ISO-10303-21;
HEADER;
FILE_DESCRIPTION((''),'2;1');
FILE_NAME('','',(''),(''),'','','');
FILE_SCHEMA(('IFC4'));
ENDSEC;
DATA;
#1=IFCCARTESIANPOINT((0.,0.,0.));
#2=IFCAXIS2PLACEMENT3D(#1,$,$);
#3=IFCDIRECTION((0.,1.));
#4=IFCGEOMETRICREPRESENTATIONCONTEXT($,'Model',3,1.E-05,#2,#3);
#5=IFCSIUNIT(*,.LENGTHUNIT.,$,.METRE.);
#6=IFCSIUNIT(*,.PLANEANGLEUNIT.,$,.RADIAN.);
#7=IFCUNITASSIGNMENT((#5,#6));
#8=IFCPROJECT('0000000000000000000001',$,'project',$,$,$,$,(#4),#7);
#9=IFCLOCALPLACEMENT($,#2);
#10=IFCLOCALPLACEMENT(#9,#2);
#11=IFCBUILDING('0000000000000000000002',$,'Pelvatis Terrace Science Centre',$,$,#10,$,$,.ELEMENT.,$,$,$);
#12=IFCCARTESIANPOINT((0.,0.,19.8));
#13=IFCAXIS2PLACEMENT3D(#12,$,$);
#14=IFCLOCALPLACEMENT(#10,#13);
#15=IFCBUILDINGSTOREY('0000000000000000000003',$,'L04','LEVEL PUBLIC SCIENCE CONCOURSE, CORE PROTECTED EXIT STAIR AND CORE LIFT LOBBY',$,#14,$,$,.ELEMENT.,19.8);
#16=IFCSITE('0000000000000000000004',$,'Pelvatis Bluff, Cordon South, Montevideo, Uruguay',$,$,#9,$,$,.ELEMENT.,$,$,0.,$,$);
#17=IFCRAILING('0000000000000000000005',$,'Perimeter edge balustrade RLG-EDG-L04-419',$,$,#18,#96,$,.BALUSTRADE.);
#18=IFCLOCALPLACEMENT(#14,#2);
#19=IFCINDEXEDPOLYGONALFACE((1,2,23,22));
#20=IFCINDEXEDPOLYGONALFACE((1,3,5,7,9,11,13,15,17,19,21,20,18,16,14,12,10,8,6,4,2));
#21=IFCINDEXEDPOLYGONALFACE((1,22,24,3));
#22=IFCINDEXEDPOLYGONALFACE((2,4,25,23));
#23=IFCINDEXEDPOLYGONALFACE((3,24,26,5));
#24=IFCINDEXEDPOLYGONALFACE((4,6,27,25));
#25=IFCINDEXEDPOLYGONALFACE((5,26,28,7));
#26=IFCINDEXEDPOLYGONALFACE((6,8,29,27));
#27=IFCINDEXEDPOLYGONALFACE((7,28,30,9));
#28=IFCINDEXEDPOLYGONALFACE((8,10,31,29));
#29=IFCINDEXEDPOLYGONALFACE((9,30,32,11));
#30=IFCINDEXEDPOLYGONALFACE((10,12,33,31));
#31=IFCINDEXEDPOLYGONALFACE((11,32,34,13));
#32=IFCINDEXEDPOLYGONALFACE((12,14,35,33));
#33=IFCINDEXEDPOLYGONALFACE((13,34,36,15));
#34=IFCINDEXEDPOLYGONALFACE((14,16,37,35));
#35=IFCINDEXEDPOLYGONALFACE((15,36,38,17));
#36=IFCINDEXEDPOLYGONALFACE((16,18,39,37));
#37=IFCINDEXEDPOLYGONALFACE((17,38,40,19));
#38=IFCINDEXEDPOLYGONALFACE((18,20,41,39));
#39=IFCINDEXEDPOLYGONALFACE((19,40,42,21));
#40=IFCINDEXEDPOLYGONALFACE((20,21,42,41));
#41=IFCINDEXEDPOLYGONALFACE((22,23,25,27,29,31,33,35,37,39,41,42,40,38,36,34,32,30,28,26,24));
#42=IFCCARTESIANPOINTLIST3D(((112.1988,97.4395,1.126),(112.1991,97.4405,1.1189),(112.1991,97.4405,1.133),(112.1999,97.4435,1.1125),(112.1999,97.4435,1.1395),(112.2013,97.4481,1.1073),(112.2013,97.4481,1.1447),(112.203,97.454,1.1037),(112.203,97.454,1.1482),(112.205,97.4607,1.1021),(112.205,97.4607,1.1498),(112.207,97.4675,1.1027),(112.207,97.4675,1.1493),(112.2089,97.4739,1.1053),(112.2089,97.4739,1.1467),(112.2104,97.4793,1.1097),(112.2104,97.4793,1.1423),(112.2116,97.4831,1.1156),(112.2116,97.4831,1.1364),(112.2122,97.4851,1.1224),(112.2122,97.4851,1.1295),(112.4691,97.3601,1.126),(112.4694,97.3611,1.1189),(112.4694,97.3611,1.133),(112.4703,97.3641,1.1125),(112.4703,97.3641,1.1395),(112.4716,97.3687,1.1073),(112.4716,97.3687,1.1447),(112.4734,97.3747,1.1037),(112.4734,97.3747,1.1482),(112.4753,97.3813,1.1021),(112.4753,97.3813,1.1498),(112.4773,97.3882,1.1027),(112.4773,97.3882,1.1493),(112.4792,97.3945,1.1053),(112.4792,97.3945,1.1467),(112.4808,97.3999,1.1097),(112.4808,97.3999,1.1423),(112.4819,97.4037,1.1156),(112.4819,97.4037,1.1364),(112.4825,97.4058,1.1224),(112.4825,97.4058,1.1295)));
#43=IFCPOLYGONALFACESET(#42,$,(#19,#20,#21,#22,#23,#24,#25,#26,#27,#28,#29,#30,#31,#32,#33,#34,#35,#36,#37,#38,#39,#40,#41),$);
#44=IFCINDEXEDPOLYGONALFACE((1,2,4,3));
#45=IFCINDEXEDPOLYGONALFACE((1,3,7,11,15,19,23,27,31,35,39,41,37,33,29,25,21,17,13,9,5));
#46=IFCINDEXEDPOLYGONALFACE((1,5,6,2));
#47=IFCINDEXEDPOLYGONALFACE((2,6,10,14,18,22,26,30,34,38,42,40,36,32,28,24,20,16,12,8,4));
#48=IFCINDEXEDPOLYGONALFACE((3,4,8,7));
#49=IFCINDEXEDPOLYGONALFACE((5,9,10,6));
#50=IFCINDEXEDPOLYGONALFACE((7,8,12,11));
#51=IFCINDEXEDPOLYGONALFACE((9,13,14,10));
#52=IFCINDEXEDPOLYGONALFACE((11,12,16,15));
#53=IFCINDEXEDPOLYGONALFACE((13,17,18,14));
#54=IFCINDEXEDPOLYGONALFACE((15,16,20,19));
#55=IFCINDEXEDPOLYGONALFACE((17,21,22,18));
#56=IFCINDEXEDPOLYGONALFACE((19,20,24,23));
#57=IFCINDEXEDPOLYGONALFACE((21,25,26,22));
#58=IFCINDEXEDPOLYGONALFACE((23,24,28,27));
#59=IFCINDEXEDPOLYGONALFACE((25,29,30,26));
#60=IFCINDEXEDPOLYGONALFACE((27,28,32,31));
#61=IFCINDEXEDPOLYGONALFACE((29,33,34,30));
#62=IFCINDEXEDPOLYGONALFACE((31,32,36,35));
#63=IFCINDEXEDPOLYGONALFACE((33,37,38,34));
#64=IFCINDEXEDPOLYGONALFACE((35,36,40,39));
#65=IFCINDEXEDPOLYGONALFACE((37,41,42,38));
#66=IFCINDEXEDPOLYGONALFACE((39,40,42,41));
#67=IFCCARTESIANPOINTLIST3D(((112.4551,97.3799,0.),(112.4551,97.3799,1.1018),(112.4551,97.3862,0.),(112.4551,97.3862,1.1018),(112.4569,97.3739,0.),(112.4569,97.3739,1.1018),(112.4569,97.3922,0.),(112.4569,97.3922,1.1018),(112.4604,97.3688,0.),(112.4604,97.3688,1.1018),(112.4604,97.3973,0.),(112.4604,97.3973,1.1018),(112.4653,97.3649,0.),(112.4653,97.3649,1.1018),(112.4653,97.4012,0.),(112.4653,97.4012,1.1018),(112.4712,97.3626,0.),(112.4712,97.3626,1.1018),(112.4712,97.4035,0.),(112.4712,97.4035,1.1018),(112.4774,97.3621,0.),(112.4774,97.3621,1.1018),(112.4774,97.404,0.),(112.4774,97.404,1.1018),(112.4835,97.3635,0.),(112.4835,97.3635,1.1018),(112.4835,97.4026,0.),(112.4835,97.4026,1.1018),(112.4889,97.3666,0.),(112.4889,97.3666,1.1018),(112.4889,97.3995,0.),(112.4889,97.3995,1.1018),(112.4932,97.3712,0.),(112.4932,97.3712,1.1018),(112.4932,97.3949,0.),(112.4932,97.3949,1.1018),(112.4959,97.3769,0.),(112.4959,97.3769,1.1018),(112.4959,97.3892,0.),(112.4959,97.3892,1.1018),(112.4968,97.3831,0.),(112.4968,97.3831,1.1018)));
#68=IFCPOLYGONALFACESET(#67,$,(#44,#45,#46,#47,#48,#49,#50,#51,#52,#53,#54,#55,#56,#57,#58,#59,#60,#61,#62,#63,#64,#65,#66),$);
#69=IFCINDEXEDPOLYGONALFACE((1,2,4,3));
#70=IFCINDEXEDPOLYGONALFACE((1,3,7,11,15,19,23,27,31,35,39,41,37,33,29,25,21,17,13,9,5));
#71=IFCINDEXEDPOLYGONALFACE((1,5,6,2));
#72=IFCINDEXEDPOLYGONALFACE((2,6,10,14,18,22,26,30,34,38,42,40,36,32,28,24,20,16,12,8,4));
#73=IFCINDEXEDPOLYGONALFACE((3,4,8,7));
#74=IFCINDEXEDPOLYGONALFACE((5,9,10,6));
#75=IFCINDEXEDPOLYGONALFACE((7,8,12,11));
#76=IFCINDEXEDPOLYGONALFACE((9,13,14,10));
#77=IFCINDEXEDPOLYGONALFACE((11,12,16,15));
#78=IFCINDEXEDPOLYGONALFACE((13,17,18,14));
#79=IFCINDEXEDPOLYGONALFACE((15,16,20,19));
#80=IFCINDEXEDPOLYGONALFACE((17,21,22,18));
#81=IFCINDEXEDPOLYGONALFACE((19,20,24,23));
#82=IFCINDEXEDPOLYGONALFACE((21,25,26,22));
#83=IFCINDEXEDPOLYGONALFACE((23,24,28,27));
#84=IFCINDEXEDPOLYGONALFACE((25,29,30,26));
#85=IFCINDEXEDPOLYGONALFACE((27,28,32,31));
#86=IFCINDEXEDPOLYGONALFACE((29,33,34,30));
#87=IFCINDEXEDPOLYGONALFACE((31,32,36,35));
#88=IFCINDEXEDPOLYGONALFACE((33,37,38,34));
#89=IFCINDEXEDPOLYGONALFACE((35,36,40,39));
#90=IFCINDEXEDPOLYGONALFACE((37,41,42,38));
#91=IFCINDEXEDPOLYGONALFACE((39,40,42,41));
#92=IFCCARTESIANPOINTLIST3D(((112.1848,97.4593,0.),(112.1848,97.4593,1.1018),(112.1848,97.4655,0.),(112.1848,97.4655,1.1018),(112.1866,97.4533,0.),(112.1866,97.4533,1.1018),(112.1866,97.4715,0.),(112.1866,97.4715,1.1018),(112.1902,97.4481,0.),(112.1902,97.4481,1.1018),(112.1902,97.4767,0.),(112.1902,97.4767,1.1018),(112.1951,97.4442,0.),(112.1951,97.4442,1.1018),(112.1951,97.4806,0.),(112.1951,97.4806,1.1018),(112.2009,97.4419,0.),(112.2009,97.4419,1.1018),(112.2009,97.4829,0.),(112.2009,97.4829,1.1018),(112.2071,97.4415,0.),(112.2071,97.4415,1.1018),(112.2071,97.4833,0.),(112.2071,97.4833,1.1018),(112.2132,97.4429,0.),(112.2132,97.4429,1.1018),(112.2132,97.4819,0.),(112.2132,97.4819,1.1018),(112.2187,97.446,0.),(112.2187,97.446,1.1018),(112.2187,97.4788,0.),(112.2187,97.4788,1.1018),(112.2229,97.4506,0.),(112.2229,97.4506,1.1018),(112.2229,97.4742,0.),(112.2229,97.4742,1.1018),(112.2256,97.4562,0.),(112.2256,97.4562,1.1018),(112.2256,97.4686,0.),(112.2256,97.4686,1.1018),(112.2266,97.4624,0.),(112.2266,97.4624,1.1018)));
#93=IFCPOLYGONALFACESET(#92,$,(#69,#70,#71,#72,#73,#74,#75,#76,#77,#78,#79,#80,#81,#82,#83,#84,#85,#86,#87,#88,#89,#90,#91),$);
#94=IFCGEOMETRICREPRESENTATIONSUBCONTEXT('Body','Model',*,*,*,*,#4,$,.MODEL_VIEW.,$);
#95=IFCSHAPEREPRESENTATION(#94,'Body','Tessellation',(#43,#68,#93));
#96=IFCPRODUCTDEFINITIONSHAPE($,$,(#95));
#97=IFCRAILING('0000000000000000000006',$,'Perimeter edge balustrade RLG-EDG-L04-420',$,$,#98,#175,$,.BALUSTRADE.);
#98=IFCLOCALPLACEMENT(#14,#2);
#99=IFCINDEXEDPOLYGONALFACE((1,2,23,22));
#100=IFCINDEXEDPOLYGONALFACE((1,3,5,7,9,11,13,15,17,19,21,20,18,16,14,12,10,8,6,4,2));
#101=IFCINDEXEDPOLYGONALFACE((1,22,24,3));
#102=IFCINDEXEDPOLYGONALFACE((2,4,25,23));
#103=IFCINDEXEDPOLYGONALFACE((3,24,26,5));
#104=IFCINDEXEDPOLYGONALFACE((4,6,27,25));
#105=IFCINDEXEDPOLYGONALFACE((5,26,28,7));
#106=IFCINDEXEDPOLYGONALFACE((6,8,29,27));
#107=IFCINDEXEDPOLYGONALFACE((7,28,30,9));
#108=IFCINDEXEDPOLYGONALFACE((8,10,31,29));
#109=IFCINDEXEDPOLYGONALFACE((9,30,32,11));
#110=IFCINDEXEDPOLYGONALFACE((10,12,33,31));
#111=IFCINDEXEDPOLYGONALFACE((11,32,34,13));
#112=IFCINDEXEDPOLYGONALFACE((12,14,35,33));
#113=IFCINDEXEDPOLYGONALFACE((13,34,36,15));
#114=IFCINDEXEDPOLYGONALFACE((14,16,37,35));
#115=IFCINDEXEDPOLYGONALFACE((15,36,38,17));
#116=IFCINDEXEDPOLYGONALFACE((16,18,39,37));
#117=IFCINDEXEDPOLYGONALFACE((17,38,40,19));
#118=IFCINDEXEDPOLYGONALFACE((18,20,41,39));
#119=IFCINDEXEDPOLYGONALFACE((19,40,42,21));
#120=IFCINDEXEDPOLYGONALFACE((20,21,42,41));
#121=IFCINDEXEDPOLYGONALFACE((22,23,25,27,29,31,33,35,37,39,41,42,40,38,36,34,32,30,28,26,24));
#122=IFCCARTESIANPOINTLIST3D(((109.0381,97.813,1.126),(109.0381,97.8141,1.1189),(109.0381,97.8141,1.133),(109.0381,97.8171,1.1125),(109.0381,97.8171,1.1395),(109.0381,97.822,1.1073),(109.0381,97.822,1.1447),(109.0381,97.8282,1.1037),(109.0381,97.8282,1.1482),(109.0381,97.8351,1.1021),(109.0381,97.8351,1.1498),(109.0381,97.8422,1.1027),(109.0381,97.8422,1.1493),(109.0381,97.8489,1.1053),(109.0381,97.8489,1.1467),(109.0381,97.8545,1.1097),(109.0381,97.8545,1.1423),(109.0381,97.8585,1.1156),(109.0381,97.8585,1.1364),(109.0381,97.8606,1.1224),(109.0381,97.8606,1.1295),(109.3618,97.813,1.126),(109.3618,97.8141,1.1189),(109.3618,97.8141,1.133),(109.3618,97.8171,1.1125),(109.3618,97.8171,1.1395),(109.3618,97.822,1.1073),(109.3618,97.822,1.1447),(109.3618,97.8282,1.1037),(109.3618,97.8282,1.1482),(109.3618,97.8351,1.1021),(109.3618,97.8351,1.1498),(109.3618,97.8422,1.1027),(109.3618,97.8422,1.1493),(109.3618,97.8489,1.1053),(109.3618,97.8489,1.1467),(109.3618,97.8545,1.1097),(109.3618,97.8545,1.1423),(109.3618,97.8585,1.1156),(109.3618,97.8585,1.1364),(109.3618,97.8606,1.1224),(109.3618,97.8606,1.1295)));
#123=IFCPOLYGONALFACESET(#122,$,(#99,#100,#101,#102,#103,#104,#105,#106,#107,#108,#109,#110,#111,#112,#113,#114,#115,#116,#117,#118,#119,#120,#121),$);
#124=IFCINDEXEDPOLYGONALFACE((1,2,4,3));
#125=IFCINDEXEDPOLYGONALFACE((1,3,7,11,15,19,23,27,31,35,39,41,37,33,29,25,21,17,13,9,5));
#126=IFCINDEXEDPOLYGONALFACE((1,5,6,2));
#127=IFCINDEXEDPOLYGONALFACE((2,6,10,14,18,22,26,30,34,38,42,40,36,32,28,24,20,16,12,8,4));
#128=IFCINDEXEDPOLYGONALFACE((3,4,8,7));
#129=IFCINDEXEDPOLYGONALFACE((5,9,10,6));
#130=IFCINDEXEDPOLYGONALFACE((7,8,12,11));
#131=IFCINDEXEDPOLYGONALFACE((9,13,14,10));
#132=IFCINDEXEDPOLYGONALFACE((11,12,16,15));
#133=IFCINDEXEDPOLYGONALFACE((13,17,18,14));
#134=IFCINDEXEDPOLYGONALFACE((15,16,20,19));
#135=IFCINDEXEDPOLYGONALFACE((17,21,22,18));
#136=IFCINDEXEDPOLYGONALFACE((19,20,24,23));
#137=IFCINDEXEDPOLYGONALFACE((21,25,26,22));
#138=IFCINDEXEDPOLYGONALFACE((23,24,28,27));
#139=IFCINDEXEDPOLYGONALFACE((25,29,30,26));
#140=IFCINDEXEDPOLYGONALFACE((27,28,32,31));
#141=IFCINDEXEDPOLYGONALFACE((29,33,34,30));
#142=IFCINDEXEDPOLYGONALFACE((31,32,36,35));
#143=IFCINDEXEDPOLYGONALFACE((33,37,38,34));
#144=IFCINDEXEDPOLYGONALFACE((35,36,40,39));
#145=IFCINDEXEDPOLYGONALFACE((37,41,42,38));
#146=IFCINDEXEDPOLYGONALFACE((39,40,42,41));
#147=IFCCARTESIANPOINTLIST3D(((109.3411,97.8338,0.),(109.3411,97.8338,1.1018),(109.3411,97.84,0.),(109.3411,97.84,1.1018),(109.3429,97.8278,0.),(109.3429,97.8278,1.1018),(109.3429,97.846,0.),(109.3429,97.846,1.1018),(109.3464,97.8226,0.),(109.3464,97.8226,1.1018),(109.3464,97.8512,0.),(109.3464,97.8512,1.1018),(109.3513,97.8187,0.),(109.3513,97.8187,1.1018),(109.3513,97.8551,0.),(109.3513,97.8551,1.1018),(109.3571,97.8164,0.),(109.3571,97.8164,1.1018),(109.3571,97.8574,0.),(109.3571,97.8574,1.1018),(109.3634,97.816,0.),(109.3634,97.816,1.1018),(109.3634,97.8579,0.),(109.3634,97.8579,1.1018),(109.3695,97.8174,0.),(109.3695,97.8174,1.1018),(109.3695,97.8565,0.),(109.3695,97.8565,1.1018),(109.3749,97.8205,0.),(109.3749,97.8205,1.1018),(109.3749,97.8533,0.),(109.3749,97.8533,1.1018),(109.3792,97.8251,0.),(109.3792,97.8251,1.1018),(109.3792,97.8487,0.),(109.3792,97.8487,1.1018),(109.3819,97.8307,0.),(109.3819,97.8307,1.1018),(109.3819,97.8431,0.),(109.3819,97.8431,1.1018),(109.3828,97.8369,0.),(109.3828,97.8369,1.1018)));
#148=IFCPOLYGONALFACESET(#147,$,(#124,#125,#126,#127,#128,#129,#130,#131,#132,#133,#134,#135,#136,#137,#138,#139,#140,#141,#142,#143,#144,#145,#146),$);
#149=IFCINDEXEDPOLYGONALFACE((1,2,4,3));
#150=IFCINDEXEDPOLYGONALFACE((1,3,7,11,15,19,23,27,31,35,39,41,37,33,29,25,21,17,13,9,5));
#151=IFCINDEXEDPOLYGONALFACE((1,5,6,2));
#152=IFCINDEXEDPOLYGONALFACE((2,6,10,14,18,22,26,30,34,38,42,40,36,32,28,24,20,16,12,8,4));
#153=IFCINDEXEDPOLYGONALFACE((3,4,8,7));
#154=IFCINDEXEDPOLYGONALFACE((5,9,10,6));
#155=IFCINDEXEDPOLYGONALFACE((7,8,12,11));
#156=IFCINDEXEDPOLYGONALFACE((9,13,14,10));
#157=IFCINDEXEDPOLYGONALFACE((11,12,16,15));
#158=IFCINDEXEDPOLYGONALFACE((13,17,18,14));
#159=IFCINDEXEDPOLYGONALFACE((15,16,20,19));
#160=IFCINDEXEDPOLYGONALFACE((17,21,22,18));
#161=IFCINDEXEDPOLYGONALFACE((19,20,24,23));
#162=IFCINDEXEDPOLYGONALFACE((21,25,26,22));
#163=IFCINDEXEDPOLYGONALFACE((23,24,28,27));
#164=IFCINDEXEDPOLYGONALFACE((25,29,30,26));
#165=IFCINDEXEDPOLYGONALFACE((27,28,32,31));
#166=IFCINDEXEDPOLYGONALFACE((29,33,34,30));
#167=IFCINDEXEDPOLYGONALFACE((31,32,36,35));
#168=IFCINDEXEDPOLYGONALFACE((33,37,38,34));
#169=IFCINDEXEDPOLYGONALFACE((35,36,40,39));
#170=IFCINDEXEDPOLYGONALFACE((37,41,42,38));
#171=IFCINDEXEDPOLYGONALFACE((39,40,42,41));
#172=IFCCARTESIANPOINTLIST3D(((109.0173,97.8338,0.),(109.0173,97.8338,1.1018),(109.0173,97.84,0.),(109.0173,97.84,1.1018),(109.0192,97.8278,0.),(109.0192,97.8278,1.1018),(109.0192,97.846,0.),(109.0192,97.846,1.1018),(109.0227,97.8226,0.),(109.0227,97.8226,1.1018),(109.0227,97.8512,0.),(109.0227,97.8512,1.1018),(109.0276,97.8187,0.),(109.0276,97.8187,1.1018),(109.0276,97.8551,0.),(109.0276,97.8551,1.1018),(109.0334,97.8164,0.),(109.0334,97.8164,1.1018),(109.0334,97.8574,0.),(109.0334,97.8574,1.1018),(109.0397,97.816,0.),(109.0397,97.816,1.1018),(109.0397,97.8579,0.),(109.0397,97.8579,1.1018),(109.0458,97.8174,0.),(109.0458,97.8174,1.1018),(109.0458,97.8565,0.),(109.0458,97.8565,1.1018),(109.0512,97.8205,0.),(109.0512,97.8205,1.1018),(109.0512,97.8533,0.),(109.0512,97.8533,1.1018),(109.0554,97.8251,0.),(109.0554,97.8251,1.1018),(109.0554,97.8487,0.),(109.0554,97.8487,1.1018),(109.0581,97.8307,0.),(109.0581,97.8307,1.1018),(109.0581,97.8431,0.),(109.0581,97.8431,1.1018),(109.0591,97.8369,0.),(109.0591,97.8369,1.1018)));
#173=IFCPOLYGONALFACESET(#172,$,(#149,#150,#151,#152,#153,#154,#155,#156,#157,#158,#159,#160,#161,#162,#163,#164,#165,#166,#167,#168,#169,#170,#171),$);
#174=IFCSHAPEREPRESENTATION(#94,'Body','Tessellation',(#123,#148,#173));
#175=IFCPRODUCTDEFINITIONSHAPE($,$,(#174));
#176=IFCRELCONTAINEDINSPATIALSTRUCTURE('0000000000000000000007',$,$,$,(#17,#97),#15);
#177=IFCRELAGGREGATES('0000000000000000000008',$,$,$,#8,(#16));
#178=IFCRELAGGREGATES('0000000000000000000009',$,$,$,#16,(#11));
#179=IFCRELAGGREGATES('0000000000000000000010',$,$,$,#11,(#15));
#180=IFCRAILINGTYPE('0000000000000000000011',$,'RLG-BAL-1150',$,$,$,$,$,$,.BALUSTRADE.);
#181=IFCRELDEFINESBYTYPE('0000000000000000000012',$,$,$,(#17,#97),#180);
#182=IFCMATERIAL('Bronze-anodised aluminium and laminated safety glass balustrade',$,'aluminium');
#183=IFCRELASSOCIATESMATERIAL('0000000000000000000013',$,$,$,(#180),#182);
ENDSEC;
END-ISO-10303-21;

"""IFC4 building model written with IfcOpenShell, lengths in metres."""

from ifc_helpers import new_model, si_unit, direction, frame, origin, origin_2d, place, context, subcontext, project, spatial, circle, extrude, material, type_object, element, save


model = new_model("IFC4")

# Units and contexts
model_context = context("Model", 3, precision=1e-05, world=origin(), true_north=direction((0.0, 1.0)))
body_context = subcontext(model_context, "Body", "Model", "MODEL_VIEW")
ifc_project = project(units=[si_unit("LENGTHUNIT", "METRE"), si_unit("PLANEANGLEUNIT", "RADIAN")], contexts=[model_context])

# Site, building, storey
site_placement = place(None, origin())
site = spatial("IfcSite", under=ifc_project, at=site_placement, Name="Pelvatis Bluff, Cordon South, Montevideo, Uruguay", CompositionType="ELEMENT", RefElevation=0.0)
building_placement = place(site_placement, origin())
building = spatial("IfcBuilding", under=site, at=building_placement, Name="Pelvatis Terrace Science Centre", CompositionType="ELEMENT")
storey_placement = place(building_placement, frame((0.0, 0.0, 19.8)))
storey = spatial("IfcBuildingStorey", under=building, at=storey_placement, Name="L04", Description="LEVEL PUBLIC SCIENCE CONCOURSE, CORE PROTECTED EXIT STAIR AND CORE LIFT LOBBY", CompositionType="ELEMENT", Elevation=19.8)

# Railings
ifc_material_1 = material(Name="Bronze-anodised aluminium and laminated safety glass balustrade", Category="aluminium")
railing_type = type_object("IfcRailingType", Name="RLG-BAL-1150", PredefinedType="BALUSTRADE", material=ifc_material_1)
railing_1_placement = place(storey_placement, frame((112.4758, 97.3831, 0.0)))
element("IfcRailing", 1, at=railing_1_placement, inside=storey, type_object=railing_type, Name="Perimeter edge balustrade RLG-EDG-L04-419", PredefinedType="BALUSTRADE", context=body_context, shape_type="SweptSolid", body=[
    extrude(circle(Radius=0.0239, at=origin_2d()), frame((0.0, 0.0, 1.126), z_axis=(-0.959503, 0.281697, 0.0), x_axis=(-0.281697, -0.959503, 0.0)), (0.0, 0.0, 1.0), 0.2817),
    extrude(circle(Radius=0.021, at=origin_2d()), origin(), (0.0, 0.0, 1.0), 1.1018),
    extrude(circle(Radius=0.021, at=origin_2d()), frame((-0.2703, 0.0793, 0.0)), (0.0, 0.0, 1.0), 1.1018),
])
railing_2_placement = place(storey_placement, frame((109.3618, 97.8369, 0.0)))
element("IfcRailing", 2, at=railing_2_placement, inside=storey, type_object=railing_type, Name="Perimeter edge balustrade RLG-EDG-L04-420", PredefinedType="BALUSTRADE", context=body_context, shape_type="SweptSolid", body=[
    extrude(circle(Radius=0.0239, at=origin_2d()), frame((0.0, 0.0, 1.126), z_axis=(-1.0, 0.0, 0.0), x_axis=(0.0, -1.0, 0.0)), (0.0, 0.0, 1.0), 0.3237),
    extrude(circle(Radius=0.021, at=origin_2d()), origin(), (0.0, 0.0, 1.0), 1.1018),
    extrude(circle(Radius=0.021, at=origin_2d()), frame((-0.3237, 0.0, 0.0)), (0.0, 0.0, 1.0), 1.1018),
])

save(model, "model.ifc")
